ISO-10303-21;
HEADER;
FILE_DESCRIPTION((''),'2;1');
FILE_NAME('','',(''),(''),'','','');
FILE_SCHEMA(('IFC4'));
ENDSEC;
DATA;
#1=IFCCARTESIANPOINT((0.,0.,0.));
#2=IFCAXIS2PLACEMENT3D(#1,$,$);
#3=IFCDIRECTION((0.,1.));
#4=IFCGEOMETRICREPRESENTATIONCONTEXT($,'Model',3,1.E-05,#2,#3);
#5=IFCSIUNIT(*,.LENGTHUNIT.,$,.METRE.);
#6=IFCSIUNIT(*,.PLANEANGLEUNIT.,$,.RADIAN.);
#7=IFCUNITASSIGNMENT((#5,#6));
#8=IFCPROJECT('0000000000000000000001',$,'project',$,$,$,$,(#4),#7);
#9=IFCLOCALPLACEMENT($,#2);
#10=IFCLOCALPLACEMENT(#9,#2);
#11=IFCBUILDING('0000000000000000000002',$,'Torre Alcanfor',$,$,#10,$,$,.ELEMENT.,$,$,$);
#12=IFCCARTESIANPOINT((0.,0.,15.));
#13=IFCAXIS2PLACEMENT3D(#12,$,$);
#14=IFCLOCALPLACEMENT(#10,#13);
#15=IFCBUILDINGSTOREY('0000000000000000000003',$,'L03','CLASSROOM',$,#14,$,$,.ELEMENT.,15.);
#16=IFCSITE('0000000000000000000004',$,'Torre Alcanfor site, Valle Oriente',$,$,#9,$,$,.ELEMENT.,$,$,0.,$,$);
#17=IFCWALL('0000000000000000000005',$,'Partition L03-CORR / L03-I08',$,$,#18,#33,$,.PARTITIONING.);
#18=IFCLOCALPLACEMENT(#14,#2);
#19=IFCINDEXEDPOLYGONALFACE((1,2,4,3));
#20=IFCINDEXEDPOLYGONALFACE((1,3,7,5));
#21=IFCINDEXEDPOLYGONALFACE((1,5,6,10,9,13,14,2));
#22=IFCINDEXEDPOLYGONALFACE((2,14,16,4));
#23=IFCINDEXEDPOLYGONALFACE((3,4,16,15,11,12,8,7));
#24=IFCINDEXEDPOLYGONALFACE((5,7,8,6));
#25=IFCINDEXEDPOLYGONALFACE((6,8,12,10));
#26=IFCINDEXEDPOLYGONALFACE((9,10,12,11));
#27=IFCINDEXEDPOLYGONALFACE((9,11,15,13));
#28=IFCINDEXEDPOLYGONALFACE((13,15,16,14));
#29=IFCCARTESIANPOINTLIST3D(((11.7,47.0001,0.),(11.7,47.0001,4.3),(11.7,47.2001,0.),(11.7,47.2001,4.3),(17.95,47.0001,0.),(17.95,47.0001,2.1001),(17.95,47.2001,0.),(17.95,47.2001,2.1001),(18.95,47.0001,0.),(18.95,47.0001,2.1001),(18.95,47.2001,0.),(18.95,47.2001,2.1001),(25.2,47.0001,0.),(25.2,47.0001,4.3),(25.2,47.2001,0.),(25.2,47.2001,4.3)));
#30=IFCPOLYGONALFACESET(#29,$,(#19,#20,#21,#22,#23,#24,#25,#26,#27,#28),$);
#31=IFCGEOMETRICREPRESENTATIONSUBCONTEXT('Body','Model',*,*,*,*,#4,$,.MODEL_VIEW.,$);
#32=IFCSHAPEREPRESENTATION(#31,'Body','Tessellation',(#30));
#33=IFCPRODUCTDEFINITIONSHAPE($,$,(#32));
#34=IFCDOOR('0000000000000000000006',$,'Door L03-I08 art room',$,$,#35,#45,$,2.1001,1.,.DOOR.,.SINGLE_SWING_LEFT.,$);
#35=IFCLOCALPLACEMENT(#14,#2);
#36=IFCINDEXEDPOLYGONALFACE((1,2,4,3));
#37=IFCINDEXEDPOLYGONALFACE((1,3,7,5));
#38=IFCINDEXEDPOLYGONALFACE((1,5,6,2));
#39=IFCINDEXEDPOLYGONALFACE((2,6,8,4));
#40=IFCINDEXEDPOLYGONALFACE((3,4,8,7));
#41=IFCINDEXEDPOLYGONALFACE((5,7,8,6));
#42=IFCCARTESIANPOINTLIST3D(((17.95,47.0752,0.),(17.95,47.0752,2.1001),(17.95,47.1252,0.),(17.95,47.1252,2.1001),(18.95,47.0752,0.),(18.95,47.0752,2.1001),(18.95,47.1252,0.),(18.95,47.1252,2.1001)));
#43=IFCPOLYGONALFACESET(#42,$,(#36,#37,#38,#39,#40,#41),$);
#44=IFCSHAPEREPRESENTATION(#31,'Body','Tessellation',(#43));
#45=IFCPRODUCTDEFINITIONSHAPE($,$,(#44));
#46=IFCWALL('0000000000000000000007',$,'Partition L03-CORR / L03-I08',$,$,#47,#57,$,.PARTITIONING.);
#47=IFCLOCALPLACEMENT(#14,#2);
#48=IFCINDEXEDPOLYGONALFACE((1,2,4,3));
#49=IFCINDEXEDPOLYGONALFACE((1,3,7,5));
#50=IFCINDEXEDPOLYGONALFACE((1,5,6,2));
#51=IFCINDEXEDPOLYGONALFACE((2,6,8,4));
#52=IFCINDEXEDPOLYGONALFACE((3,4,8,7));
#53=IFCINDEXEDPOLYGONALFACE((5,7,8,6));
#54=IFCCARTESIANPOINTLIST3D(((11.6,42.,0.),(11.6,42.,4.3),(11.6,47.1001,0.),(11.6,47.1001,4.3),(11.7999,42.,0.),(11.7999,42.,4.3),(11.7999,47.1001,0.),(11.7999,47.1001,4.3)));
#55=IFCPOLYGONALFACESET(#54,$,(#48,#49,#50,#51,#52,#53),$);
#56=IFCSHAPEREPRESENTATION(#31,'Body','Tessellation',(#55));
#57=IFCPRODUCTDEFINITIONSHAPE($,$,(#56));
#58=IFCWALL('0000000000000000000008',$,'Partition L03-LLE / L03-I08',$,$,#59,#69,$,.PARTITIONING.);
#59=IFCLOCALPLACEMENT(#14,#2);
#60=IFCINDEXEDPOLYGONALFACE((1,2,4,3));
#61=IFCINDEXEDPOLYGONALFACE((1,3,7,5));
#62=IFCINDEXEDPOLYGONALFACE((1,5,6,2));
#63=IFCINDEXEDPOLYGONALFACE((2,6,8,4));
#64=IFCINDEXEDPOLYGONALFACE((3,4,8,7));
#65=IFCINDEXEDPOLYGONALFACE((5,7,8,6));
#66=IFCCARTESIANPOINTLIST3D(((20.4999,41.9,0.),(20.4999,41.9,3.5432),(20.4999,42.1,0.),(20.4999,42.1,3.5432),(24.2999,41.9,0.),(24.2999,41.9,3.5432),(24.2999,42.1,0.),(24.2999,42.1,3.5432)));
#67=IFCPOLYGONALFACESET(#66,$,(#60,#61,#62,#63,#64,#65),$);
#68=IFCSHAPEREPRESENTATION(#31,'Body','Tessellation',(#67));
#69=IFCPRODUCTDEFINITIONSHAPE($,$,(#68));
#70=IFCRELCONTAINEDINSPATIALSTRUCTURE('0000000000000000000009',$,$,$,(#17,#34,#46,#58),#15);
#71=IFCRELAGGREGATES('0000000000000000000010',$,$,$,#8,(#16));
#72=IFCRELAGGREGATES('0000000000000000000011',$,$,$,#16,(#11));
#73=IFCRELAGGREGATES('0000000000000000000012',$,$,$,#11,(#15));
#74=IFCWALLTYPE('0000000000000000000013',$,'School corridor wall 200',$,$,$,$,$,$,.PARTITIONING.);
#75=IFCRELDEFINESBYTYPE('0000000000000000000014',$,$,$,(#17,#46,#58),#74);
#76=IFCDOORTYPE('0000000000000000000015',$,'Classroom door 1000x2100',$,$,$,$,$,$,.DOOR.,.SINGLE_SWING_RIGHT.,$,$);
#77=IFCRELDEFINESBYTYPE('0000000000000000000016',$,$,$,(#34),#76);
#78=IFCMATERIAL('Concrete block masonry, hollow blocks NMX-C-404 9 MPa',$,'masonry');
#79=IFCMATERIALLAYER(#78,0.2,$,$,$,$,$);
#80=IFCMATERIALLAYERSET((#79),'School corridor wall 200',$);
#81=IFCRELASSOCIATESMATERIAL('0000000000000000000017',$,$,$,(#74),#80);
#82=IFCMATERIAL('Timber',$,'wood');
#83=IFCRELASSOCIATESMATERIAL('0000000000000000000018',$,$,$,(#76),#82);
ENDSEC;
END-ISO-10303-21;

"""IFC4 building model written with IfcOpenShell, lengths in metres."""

from ifc_helpers import new_model, si_unit, direction, frame, frame_2d, origin, place, context, subcontext, project, spatial, rectangle, extrude, material, layer, layer_set, type_object, element, fill, save


model = new_model("IFC4")

# Units and contexts
model_context = context("Model", 3, precision=1e-05, world=origin(), true_north=direction((0.0, 1.0)))
body_context = subcontext(model_context, "Body", "Model", "MODEL_VIEW")
ifc_project = project(units=[si_unit("LENGTHUNIT", "METRE"), si_unit("PLANEANGLEUNIT", "RADIAN")], contexts=[model_context])

# Site, building, storey
site_placement = place(None, origin())
site = spatial("IfcSite", under=ifc_project, at=site_placement, Name="Torre Alcanfor site, Valle Oriente", CompositionType="ELEMENT", RefElevation=0.0)
building_placement = place(site_placement, origin())
building = spatial("IfcBuilding", under=site, at=building_placement, Name="Torre Alcanfor", CompositionType="ELEMENT")
storey_placement = place(building_placement, frame((0.0, 0.0, 15.0)))
storey = spatial("IfcBuildingStorey", under=building, at=storey_placement, Name="L03", Description="CLASSROOM", CompositionType="ELEMENT", Elevation=15.0)

# Shared definitions
ifc_material_1 = material(Name="Concrete block masonry, hollow blocks NMX-C-404 9 MPa", Category="masonry")
ifc_layer_1 = layer(ifc_material_1, 0.2)
ifc_layer_set_1 = layer_set([ifc_layer_1], Name="School corridor wall 200")
wall_type_1 = type_object("IfcWallType", Name="School corridor wall 200", PredefinedType="PARTITIONING", material=ifc_layer_set_1)
ifc_material_2 = material(Name="Timber", Category="wood")
door_type = type_object("IfcDoorType", Name="Classroom door 1000x2100", OperationType="SINGLE_SWING_RIGHT", PredefinedType="DOOR", material=ifc_material_2)

# Wall, opening, door
wall_1_placement = place(storey_placement, frame((25.2, 47.1001, 0.0), z_axis=(0.0, 0.0, 1.0), x_axis=(-1.0, 0.0, 0.0)))
wall_1 = element("IfcWall", 1, at=wall_1_placement, inside=storey, type_object=wall_type_1, Name="Partition L03-CORR / L03-I08", PredefinedType="PARTITIONING", context=body_context, shape_type="SweptSolid", body=[
    extrude(rectangle(XDim=13.5, YDim=0.2, at=frame_2d((6.75, 0.0))), origin(), (0.0, 0.0, 1.0), 4.3),
])
opening_1_placement = place(wall_1_placement, frame((6.25, 0.0, 0.0)))
opening_1 = element("IfcOpeningElement", 2, at=opening_1_placement, cuts=wall_1, PredefinedType="OPENING", context=body_context, shape_type="SweptSolid", body=[
    extrude(rectangle(XDim=1.0, YDim=2.1001, at=frame_2d((0.5, 1.05))), frame((0.0, 0.1099, 0.0), z_axis=(0.0, -1.0, 0.0), x_axis=(1.0, 0.0, 0.0)), (0.0, 0.0, 1.0), 0.22),
])
door_1_placement = place(opening_1_placement, origin())
door_1 = element("IfcDoor", 3, at=door_1_placement, inside=storey, type_object=door_type, Name="Door L03-I08 art room", OperationType="SINGLE_SWING_LEFT", OverallHeight=2.1001, OverallWidth=1.0, PredefinedType="DOOR", context=body_context, shape_type="SweptSolid", body=[
    extrude(rectangle(XDim=1.0, YDim=2.1001, at=frame_2d((0.5, 1.05))), frame((0.0, 0.0249, 0.0), z_axis=(0.0, -1.0, 0.0), x_axis=(1.0, 0.0, 0.0)), (0.0, 0.0, 1.0), 0.05),
])
fill(opening_1, door_1)

# Walls
wall_2_placement = place(storey_placement, frame((11.7, 47.1001, 0.0), z_axis=(0.0, 0.0, 1.0), x_axis=(0.0, -1.0, 0.0)))
element("IfcWall", 4, at=wall_2_placement, inside=storey, type_object=wall_type_1, Name="Partition L03-CORR / L03-I08", PredefinedType="PARTITIONING", context=body_context, shape_type="SweptSolid", body=[
    extrude(rectangle(XDim=5.1001, YDim=0.2, at=frame_2d((2.55, 0.0))), origin(), (0.0, 0.0, 1.0), 4.3),
])
wall_3_placement = place(storey_placement, frame((20.5, 42.0, 0.0), z_axis=(0.0, 0.0, 1.0), x_axis=(1.0, 0.0, 0.0)))
element("IfcWall", 5, at=wall_3_placement, inside=storey, type_object=wall_type_1, Name="Partition L03-LLE / L03-I08", PredefinedType="PARTITIONING", context=body_context, shape_type="SweptSolid", body=[
    extrude(rectangle(XDim=3.8, YDim=0.2, at=frame_2d((1.8999, 0.0))), origin(), (0.0, 0.0, 1.0), 3.5432),
])

save(model, "model.ifc")
